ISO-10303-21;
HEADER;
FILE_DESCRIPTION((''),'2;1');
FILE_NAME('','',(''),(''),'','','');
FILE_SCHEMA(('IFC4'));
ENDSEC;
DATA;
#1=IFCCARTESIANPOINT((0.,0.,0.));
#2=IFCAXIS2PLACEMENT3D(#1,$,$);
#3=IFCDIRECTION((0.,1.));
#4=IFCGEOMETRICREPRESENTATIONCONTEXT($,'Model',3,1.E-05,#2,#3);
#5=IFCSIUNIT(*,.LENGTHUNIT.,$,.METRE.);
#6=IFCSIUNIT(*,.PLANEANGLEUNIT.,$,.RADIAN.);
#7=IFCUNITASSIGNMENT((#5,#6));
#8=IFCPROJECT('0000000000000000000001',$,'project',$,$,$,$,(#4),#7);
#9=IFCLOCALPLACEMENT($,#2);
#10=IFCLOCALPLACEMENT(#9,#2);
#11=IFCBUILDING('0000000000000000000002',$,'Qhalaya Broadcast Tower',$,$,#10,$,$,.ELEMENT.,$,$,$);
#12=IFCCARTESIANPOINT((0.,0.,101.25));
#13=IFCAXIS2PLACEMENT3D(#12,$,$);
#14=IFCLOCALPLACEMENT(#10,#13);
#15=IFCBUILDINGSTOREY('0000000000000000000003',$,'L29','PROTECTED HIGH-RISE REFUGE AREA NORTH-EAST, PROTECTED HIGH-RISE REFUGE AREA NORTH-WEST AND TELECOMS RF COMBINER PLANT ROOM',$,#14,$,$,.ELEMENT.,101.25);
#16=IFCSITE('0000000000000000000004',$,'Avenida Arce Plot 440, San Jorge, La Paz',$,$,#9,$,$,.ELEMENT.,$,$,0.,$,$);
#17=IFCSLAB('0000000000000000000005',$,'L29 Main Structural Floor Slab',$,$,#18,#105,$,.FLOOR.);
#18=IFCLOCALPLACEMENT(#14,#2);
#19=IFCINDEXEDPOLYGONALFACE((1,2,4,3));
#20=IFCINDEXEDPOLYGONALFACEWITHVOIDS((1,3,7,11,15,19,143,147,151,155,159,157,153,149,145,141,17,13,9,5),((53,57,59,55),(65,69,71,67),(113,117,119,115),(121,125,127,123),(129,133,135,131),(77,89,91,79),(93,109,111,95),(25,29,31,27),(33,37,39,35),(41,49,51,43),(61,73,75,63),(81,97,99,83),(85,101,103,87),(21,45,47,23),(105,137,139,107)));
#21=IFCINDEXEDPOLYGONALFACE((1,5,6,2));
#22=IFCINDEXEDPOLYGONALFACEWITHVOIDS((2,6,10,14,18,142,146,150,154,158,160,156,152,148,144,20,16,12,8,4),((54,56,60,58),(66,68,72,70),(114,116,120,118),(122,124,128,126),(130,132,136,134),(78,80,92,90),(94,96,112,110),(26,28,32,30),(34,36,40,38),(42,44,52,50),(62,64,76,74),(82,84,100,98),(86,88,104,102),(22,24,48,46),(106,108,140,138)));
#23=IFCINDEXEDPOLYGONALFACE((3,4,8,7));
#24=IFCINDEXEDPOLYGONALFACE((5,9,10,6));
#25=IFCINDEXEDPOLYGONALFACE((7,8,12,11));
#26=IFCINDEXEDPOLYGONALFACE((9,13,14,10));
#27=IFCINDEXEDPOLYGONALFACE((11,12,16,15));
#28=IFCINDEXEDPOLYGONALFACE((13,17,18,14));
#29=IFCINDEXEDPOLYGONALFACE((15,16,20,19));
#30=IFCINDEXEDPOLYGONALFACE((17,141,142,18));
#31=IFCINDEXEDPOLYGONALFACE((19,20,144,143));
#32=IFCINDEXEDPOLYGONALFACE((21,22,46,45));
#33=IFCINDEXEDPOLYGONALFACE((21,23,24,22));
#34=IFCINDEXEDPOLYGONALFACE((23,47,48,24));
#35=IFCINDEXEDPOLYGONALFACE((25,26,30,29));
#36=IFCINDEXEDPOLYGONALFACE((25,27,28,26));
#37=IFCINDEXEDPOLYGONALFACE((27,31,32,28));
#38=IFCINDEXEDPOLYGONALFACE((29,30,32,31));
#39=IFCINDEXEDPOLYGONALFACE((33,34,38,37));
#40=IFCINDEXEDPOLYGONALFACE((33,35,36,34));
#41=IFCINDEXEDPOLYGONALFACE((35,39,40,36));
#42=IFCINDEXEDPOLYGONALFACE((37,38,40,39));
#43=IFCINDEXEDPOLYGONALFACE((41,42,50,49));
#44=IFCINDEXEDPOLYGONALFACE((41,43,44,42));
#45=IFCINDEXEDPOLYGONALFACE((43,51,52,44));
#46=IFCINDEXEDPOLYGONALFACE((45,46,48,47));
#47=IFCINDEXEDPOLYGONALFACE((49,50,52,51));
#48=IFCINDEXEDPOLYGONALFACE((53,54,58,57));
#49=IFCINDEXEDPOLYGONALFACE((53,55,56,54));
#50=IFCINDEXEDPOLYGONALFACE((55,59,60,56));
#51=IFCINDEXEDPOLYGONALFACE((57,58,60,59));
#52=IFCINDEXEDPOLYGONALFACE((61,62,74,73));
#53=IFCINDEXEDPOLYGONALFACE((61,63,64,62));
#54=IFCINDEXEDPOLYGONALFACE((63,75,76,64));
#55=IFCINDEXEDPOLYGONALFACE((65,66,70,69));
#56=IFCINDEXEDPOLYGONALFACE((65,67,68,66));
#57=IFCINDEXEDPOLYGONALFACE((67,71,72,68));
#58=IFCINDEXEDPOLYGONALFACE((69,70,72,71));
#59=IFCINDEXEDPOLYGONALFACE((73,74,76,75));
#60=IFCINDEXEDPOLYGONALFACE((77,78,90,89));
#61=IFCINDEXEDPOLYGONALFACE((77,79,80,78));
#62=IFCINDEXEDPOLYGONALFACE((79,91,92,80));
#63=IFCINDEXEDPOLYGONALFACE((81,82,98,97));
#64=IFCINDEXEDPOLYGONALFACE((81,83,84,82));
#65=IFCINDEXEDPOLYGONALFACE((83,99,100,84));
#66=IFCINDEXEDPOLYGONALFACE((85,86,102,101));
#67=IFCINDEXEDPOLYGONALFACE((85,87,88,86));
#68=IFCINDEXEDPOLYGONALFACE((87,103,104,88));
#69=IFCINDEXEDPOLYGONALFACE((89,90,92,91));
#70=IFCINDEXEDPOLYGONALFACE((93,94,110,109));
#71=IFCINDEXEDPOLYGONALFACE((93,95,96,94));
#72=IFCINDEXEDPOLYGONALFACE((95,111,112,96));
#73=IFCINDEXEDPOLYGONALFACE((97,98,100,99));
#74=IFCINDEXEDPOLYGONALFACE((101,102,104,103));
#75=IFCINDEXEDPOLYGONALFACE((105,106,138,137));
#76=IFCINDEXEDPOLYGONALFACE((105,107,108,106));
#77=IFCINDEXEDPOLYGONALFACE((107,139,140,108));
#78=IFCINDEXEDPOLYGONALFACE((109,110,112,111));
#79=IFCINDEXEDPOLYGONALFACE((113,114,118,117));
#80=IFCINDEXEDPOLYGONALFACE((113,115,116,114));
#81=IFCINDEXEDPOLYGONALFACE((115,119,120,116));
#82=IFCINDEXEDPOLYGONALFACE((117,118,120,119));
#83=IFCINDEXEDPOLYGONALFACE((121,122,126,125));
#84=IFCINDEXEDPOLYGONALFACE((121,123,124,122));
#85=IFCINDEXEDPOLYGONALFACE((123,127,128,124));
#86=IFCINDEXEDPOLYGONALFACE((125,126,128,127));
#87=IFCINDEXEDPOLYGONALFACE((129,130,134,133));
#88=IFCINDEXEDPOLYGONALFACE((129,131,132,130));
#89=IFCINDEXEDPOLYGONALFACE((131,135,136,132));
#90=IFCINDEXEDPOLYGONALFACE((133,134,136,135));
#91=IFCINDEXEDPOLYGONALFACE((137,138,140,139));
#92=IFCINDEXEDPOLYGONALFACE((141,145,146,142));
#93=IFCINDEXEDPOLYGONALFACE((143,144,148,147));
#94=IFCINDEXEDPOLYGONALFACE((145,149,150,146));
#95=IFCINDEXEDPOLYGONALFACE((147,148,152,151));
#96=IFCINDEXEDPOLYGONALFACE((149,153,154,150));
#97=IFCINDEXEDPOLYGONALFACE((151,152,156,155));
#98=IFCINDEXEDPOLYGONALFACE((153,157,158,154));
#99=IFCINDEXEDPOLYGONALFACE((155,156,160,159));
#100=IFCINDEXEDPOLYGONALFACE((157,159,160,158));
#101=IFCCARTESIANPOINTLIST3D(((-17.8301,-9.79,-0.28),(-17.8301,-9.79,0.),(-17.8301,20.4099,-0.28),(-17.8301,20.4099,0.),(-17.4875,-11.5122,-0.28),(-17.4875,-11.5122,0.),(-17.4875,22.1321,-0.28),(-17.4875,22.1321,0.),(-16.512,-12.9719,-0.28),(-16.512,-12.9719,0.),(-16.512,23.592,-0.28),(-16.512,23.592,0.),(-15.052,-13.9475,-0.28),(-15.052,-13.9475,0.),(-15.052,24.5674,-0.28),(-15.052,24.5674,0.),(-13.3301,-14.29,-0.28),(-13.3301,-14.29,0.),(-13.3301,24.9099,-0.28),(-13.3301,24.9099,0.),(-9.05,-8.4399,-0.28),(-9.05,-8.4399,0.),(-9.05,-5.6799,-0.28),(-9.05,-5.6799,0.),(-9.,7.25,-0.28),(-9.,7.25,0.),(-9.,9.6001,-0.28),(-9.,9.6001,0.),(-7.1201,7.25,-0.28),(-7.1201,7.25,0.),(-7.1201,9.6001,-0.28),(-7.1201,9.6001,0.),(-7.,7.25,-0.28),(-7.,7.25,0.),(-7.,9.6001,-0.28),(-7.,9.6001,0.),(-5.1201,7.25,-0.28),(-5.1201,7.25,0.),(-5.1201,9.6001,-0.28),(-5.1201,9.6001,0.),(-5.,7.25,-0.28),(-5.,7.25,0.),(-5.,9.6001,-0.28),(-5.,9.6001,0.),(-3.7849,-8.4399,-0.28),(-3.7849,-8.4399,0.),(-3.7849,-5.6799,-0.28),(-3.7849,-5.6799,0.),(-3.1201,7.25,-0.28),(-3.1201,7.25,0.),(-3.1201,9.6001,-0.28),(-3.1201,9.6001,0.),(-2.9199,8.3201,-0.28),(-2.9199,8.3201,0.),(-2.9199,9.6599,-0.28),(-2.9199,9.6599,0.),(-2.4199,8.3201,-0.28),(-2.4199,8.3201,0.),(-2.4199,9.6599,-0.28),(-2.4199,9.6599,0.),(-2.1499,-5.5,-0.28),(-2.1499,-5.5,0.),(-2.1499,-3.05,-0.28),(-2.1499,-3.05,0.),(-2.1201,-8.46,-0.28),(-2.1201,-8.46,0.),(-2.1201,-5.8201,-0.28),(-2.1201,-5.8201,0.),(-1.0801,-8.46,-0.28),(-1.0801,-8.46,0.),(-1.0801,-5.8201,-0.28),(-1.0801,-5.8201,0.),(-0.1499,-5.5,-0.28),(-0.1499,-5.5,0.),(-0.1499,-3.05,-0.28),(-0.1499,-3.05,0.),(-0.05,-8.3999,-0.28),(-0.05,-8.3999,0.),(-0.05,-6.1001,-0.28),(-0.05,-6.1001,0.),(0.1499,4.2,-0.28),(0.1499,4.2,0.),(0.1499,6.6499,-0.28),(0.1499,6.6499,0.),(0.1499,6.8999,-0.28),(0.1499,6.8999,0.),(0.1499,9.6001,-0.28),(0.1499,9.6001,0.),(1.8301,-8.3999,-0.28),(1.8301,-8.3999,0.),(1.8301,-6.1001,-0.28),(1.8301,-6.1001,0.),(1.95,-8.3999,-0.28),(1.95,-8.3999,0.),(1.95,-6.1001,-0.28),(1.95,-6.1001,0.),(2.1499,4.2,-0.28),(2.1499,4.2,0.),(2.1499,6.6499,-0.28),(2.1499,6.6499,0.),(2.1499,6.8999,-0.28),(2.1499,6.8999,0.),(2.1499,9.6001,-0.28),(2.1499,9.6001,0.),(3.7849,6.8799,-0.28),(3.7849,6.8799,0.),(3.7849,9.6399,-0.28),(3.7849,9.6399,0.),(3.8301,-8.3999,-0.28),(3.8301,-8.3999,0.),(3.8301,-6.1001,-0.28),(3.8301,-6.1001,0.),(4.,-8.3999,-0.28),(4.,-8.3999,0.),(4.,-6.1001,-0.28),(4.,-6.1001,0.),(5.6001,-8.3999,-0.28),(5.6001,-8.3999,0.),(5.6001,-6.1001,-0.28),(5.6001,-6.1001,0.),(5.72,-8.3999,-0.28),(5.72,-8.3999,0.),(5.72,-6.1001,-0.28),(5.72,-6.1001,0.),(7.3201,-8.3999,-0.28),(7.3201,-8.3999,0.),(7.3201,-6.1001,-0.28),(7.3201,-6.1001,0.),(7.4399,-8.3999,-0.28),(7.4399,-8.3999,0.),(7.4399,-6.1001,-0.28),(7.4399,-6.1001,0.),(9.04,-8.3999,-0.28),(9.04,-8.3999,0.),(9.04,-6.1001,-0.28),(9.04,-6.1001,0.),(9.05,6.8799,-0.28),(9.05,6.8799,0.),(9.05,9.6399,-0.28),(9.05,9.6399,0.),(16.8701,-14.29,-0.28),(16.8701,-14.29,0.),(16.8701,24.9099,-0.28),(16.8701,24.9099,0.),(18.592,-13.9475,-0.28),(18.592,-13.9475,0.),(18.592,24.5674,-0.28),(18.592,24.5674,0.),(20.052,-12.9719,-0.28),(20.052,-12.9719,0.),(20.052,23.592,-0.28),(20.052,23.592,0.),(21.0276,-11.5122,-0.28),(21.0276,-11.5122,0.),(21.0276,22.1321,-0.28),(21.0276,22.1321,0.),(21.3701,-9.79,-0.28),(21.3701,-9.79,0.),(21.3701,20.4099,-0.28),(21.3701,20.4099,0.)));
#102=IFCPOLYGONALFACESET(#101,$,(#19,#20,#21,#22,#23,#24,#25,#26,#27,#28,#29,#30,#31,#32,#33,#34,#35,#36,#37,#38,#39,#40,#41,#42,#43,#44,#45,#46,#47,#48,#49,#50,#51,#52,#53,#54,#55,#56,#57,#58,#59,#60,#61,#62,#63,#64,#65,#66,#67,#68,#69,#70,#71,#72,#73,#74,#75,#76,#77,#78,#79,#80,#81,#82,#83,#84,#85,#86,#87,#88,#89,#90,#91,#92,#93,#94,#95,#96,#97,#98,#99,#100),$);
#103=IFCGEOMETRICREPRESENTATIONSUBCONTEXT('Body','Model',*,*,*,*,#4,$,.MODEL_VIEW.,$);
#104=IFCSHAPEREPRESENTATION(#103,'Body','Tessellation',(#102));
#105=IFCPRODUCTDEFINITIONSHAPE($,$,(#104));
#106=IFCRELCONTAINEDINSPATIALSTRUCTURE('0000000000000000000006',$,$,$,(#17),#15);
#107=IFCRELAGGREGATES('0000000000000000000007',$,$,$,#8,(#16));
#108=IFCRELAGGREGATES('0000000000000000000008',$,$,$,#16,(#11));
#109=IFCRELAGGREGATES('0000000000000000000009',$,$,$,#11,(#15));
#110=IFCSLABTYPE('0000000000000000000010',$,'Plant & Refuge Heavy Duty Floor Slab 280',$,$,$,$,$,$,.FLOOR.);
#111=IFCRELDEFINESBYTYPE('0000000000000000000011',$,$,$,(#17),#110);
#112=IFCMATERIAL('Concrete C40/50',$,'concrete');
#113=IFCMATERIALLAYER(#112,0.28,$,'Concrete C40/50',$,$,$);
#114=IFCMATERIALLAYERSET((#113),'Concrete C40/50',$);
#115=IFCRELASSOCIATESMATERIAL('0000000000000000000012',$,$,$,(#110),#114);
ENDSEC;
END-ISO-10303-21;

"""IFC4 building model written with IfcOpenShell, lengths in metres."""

from ifc_helpers import new_model, si_unit, direction, frame, origin, place, context, subcontext, project, spatial, polyline, outline, extrude, material, layer, layer_set, type_object, element, save


model = new_model("IFC4")

# Units and contexts
model_context = context("Model", 3, precision=1e-05, world=origin(), true_north=direction((0.0, 1.0)))
body_context = subcontext(model_context, "Body", "Model", "MODEL_VIEW")
ifc_project = project(units=[si_unit("LENGTHUNIT", "METRE"), si_unit("PLANEANGLEUNIT", "RADIAN")], contexts=[model_context])

# Site, building, storey
site_placement = place(None, origin())
site = spatial("IfcSite", under=ifc_project, at=site_placement, Name="Avenida Arce Plot 440, San Jorge, La Paz", CompositionType="ELEMENT", RefElevation=0.0)
building_placement = place(site_placement, origin())
building = spatial("IfcBuilding", under=site, at=building_placement, Name="Qhalaya Broadcast Tower", CompositionType="ELEMENT")
storey_placement = place(building_placement, frame((0.0, 0.0, 101.25)))
storey = spatial("IfcBuildingStorey", under=building, at=storey_placement, Name="L29", Description="PROTECTED HIGH-RISE REFUGE AREA NORTH-EAST, PROTECTED HIGH-RISE REFUGE AREA NORTH-WEST AND TELECOMS RF COMBINER PLANT ROOM", CompositionType="ELEMENT", Elevation=101.25)

# Slab
ifc_material_1 = material(Name="Concrete C40/50", Category="concrete")
ifc_layer_1 = layer(ifc_material_1, 0.28, Name="Concrete C40/50")
ifc_layer_set_1 = layer_set([ifc_layer_1], Name="Concrete C40/50")
slab_type_1 = type_object("IfcSlabType", Name="Plant & Refuge Heavy Duty Floor Slab 280", PredefinedType="FLOOR", material=ifc_layer_set_1)
slab_1_placement = place(storey_placement, frame((0.0, 0.0, -0.28)))
element("IfcSlab", 1, at=slab_1_placement, inside=storey, type_object=slab_type_1, Name="L29 Main Structural Floor Slab", PredefinedType="FLOOR", context=body_context, shape_type="SweptSolid", body=[
    extrude(outline(polyline([(16.8701, -14.29), (18.592, -13.9475), (20.052, -12.9719), (21.0276, -11.5122), (21.3701, -9.79), (21.3701, 20.4099), (21.0276, 22.1321), (20.052, 23.592), (18.592, 24.5674), (16.8701, 24.9099), (-13.3301, 24.9099), (-15.052, 24.5674), (-16.512, 23.592), (-17.4875, 22.1321), (-17.8301, 20.4099), (-17.8301, -9.79), (-17.4875, -11.5122), (-16.512, -12.9719), (-15.052, -13.9475), (-13.3301, -14.29), (16.8701, -14.29)]), holes=[polyline([(3.7849, 9.6399), (9.05, 9.6399), (9.05, 6.8799), (3.7849, 6.8799), (3.7849, 9.6399)]), polyline([(-3.7849, -8.4399), (-9.05, -8.4399), (-9.05, -5.6799), (-3.7849, -5.6799), (-3.7849, -8.4399)]), polyline([(0.1499, 6.6499), (2.1499, 6.6499), (2.1499, 4.2), (0.1499, 4.2), (0.1499, 6.6499)]), polyline([(0.1499, 9.6001), (2.1499, 9.6001), (2.1499, 6.8999), (0.1499, 6.8999), (0.1499, 9.6001)]), polyline([(-2.1499, -3.05), (-0.1499, -3.05), (-0.1499, -5.5), (-2.1499, -5.5), (-2.1499, -3.05)]), polyline([(-9.0, 9.6001), (-7.1201, 9.6001), (-7.1201, 7.25), (-9.0, 7.25), (-9.0, 9.6001)]), polyline([(-7.0, 9.6001), (-5.1201, 9.6001), (-5.1201, 7.25), (-7.0, 7.25), (-7.0, 9.6001)]), polyline([(-5.0, 9.6001), (-3.1201, 9.6001), (-3.1201, 7.25), (-5.0, 7.25), (-5.0, 9.6001)]), polyline([(-0.05, -6.1001), (1.8301, -6.1001), (1.8301, -8.3999), (-0.05, -8.3999), (-0.05, -6.1001)]), polyline([(1.95, -6.1001), (3.8301, -6.1001), (3.8301, -8.3999), (1.95, -8.3999), (1.95, -6.1001)]), polyline([(4.0, -6.1001), (5.6001, -6.1001), (5.6001, -8.3999), (4.0, -8.3999), (4.0, -6.1001)]), polyline([(5.72, -6.1001), (7.3201, -6.1001), (7.3201, -8.3999), (5.72, -8.3999), (5.72, -6.1001)]), polyline([(7.4399, -6.1001), (9.04, -6.1001), (9.04, -8.3999), (7.4399, -8.3999), (7.4399, -6.1001)]), polyline([(-2.9199, 9.6599), (-2.4199, 9.6599), (-2.4199, 8.3201), (-2.9199, 8.3201), (-2.9199, 9.6599)]), polyline([(-2.1201, -5.8201), (-1.0801, -5.8201), (-1.0801, -8.46), (-2.1201, -8.46), (-2.1201, -5.8201)])]), origin(), (0.0, 0.0, 1.0), 0.28),
])

save(model, "model.ifc")
